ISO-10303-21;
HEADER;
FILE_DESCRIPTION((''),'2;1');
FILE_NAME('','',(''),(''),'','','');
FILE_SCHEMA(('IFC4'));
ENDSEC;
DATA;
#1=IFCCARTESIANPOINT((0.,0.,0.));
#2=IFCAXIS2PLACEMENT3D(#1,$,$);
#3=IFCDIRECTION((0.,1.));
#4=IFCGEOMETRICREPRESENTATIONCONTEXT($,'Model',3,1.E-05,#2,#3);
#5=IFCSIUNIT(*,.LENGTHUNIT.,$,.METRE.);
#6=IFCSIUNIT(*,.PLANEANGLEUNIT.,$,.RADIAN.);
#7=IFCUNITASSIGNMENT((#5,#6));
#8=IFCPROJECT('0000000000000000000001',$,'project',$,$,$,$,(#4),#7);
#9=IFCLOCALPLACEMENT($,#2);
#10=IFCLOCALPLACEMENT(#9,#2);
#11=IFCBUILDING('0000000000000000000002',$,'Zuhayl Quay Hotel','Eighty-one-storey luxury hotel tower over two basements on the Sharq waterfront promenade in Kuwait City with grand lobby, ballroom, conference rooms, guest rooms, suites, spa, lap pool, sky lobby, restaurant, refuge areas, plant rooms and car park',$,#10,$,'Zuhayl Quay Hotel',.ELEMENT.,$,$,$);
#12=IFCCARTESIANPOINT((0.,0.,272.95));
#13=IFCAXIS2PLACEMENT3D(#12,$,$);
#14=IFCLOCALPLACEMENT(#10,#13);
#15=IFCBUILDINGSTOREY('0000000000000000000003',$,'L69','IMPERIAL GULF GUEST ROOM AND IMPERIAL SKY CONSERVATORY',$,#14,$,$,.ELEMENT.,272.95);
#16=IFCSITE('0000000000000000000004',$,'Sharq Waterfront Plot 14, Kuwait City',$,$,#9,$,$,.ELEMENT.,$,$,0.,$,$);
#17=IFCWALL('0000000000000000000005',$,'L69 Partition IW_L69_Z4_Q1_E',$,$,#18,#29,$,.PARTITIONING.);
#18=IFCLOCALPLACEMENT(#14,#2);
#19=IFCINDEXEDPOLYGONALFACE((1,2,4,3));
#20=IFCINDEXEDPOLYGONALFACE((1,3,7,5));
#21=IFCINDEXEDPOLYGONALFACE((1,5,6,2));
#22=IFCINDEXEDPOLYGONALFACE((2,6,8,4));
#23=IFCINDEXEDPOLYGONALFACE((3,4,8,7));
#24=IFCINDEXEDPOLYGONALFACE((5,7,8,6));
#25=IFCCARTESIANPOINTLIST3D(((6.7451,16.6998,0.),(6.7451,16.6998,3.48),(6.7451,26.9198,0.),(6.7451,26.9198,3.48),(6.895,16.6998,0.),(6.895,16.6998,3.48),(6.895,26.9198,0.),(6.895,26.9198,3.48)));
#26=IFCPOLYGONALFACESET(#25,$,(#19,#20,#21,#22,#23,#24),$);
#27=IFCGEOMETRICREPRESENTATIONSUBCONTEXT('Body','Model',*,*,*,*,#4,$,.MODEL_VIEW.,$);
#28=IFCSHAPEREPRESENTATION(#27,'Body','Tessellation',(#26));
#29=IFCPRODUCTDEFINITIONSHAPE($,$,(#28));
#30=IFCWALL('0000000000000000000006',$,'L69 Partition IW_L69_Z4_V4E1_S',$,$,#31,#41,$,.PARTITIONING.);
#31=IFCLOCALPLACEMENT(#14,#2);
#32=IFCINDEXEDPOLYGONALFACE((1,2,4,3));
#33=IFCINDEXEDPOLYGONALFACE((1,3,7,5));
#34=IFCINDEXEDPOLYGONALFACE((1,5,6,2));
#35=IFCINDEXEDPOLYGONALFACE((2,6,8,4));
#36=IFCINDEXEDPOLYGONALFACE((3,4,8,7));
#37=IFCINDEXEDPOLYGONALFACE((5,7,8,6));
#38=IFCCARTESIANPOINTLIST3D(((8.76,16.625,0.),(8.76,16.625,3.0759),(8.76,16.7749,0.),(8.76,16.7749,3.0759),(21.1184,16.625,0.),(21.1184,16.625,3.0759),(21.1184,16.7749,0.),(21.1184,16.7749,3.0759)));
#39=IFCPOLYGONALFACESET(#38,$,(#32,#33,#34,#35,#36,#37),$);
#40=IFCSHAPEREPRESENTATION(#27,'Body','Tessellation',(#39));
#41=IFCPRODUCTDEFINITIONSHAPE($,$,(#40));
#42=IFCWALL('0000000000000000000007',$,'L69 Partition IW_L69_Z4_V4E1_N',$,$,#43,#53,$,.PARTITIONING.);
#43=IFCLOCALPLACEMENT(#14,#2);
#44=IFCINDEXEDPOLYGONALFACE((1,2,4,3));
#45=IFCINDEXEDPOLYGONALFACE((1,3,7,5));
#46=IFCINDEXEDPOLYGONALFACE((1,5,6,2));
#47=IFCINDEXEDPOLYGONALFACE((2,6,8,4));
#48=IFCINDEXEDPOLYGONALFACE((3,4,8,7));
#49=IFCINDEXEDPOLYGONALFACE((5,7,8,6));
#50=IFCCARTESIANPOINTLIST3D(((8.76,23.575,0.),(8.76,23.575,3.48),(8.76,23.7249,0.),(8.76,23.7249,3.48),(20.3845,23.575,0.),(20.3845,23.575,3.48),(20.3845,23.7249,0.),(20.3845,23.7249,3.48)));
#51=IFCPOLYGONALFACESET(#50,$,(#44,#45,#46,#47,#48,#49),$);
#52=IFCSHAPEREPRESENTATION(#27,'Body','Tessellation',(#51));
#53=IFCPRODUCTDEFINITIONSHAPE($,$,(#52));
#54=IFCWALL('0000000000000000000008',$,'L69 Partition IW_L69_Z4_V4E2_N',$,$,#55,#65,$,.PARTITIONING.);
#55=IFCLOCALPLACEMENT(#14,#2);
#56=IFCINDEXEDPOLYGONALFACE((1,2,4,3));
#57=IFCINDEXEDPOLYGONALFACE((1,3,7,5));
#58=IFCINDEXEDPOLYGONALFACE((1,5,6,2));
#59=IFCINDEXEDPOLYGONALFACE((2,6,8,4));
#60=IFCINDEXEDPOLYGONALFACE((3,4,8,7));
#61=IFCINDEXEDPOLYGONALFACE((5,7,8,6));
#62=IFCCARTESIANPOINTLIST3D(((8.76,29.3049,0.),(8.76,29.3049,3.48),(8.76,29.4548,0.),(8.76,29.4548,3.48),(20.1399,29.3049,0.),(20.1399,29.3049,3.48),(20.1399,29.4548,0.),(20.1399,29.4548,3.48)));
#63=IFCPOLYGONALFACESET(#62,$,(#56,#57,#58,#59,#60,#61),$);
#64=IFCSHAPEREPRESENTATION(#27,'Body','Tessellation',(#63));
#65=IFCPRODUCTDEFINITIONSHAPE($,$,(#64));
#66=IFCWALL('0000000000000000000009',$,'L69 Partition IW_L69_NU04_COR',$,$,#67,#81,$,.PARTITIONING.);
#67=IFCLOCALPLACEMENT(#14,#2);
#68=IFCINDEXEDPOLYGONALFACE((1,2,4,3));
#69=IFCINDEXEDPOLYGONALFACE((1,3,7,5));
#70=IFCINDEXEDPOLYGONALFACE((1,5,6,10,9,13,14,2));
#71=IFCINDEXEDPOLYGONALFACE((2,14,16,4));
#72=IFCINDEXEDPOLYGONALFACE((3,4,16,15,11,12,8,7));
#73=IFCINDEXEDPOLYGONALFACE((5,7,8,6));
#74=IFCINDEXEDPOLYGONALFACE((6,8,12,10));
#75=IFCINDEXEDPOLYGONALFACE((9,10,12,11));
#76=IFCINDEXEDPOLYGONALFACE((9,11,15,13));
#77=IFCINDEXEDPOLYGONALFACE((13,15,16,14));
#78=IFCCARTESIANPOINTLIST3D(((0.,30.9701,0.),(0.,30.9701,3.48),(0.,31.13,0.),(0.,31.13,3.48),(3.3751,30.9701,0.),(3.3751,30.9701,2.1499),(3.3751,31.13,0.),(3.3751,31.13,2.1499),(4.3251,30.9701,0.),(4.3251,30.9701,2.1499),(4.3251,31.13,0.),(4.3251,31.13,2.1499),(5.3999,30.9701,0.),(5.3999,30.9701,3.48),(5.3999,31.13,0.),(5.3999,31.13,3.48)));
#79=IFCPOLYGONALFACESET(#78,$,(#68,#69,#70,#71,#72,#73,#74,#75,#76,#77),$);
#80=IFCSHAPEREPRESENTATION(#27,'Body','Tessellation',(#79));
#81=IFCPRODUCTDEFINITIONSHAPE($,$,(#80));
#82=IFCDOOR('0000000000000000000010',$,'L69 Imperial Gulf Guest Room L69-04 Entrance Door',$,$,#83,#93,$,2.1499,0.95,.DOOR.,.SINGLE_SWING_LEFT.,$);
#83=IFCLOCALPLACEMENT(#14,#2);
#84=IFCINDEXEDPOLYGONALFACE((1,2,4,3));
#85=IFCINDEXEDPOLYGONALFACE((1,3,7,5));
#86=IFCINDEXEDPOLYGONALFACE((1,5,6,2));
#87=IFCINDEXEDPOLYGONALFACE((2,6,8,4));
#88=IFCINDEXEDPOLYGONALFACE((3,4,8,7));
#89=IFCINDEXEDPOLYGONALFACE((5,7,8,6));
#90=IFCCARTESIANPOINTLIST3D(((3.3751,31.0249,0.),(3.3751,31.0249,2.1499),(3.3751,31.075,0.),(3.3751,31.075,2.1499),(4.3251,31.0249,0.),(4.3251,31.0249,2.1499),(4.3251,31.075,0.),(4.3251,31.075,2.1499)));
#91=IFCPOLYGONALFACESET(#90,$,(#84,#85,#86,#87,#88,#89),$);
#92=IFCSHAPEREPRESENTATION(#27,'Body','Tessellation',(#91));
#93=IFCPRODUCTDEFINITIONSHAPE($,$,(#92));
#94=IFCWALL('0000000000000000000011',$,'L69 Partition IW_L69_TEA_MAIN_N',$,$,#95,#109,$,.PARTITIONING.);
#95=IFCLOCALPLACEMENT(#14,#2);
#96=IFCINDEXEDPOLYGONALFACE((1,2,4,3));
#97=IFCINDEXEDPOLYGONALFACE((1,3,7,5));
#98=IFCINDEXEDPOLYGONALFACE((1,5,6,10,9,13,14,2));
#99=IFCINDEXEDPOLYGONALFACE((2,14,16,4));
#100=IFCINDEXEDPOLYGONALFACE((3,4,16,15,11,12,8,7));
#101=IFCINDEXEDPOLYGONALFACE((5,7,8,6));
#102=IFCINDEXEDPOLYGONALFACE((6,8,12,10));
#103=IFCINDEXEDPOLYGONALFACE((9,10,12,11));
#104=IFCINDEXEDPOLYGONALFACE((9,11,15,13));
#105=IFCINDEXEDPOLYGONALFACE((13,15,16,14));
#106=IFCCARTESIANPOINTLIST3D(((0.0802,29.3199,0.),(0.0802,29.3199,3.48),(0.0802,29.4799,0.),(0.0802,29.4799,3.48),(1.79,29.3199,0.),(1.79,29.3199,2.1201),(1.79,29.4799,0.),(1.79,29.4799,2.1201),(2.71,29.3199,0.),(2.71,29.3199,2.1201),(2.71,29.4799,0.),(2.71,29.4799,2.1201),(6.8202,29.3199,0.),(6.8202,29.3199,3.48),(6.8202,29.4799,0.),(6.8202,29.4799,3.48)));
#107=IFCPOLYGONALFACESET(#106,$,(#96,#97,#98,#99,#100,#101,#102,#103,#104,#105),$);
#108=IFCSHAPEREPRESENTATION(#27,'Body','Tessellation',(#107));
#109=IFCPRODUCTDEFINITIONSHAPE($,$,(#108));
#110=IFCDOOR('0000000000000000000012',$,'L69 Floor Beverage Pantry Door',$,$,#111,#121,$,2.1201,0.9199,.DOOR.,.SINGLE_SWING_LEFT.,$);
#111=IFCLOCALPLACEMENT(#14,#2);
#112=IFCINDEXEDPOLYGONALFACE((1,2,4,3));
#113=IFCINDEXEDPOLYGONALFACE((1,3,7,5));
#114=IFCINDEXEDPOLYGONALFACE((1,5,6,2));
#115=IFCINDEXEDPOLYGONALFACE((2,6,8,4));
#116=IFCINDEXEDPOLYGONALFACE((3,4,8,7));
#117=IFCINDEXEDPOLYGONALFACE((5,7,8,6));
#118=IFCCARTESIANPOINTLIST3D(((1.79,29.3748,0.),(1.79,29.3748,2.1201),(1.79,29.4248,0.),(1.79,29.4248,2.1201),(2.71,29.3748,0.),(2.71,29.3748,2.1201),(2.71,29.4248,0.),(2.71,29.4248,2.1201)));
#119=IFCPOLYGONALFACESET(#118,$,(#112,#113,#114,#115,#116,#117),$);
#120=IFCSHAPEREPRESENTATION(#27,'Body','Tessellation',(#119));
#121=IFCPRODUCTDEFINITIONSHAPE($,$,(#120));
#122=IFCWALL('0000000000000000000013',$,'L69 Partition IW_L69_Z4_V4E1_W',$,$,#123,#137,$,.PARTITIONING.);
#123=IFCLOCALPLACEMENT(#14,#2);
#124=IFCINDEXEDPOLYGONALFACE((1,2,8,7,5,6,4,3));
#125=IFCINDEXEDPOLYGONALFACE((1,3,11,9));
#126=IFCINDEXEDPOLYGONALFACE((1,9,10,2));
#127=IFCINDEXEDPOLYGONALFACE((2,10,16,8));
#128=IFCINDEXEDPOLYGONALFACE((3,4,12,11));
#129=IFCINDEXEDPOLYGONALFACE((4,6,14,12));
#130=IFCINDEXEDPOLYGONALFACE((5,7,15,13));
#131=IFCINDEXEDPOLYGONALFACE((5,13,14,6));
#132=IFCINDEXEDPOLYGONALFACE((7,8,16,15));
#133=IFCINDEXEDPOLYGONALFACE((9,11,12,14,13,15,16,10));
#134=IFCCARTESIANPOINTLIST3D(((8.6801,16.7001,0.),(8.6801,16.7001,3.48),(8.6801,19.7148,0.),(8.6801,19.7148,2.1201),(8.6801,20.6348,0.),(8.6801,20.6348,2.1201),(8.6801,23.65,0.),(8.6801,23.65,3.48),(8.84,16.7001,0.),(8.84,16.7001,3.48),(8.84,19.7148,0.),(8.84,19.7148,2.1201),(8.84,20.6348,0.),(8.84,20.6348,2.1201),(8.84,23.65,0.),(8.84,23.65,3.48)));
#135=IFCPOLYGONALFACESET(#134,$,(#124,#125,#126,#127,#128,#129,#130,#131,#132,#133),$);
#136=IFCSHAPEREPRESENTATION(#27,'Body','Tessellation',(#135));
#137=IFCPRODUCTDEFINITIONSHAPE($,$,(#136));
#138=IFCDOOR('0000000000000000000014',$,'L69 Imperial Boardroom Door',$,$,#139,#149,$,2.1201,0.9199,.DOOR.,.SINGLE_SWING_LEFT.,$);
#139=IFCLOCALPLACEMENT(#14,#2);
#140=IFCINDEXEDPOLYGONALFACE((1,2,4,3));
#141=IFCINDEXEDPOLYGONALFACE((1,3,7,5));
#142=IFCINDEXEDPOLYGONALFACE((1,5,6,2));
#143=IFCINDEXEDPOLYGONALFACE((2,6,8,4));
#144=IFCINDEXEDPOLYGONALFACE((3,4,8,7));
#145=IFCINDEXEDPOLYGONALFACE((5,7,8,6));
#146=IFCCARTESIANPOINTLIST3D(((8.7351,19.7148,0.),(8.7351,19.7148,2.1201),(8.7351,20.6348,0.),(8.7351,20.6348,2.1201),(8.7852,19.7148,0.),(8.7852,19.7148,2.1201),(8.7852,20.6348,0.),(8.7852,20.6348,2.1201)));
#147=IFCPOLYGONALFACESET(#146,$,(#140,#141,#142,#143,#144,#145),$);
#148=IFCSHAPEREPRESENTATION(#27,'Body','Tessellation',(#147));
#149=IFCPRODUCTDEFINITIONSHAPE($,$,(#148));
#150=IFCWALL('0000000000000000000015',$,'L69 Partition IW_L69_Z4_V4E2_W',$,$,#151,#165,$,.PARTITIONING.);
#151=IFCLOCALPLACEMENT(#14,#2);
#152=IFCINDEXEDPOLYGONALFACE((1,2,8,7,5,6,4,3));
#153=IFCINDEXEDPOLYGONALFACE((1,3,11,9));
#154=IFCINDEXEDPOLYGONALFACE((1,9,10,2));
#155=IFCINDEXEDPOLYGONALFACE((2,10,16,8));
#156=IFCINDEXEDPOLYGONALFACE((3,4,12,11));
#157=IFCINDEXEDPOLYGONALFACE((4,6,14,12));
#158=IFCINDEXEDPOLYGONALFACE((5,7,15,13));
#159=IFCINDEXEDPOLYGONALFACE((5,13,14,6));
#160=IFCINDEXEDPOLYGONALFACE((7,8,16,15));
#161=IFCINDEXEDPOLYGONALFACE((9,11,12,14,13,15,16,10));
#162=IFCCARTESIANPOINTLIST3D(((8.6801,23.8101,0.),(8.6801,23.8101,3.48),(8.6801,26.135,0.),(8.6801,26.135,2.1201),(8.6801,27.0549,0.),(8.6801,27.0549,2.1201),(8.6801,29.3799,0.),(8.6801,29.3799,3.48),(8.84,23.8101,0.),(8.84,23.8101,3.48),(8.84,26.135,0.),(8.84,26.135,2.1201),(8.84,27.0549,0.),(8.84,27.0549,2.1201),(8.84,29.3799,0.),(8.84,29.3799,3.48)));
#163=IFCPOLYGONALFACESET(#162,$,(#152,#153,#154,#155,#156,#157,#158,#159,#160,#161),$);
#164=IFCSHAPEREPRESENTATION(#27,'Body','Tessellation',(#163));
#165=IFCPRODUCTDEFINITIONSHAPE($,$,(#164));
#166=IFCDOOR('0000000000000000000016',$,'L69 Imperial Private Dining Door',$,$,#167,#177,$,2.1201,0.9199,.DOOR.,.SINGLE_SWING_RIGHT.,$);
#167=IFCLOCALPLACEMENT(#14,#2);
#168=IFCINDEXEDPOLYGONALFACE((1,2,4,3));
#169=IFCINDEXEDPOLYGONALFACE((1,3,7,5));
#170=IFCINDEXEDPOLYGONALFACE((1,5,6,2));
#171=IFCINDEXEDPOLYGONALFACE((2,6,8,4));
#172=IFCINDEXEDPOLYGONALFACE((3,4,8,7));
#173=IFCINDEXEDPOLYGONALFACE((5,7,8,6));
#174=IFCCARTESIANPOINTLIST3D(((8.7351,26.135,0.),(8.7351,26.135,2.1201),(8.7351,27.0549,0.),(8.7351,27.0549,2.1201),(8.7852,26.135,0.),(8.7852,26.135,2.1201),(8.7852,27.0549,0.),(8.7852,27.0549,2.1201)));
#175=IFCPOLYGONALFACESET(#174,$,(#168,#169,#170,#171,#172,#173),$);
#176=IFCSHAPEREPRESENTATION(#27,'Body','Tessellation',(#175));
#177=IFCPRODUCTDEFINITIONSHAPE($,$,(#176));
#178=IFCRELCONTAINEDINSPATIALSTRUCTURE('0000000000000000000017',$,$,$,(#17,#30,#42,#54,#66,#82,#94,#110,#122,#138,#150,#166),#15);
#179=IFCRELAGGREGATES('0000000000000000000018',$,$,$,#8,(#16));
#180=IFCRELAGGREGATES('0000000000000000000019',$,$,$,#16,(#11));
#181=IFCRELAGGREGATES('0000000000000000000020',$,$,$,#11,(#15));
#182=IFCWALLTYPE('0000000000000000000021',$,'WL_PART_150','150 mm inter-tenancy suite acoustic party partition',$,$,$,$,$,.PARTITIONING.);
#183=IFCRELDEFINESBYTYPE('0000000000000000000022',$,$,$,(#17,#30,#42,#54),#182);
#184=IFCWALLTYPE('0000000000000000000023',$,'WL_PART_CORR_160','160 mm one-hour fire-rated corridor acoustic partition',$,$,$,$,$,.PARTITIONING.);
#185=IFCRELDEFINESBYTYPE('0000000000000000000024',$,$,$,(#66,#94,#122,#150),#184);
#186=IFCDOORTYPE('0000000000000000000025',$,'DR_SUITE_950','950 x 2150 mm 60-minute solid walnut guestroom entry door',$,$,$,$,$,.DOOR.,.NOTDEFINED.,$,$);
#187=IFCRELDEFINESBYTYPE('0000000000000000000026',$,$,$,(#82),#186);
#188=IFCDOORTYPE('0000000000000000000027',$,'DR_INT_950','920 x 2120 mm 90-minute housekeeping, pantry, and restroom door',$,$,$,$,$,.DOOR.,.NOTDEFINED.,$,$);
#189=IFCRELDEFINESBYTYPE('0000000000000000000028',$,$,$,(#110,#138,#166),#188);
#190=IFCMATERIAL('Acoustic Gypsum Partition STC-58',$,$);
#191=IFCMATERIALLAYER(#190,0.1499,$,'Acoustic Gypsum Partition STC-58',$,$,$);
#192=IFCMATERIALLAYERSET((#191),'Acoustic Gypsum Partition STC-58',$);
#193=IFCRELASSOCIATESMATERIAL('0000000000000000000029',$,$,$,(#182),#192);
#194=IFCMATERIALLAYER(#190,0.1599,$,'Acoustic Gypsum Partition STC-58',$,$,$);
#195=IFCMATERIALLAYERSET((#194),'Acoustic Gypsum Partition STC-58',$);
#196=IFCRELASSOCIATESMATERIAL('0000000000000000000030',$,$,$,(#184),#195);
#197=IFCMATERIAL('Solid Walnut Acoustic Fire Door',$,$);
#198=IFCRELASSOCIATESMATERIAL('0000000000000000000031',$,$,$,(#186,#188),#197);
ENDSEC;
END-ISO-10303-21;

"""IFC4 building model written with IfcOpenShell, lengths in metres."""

from ifc_helpers import new_model, si_unit, direction, frame, frame_2d, origin, place, context, subcontext, project, spatial, rectangle, extrude, material, layer, layer_set, type_object, element, fill, save


model = new_model("IFC4")

# Units and contexts
model_context = context("Model", 3, precision=1e-05, world=origin(), true_north=direction((0.0, 1.0)))
body_context = subcontext(model_context, "Body", "Model", "MODEL_VIEW")
ifc_project = project(units=[si_unit("LENGTHUNIT", "METRE"), si_unit("PLANEANGLEUNIT", "RADIAN")], contexts=[model_context])

# Site, building, storey
site_placement = place(None, origin())
site = spatial("IfcSite", under=ifc_project, at=site_placement, Name="Sharq Waterfront Plot 14, Kuwait City", CompositionType="ELEMENT", RefElevation=0.0)
building_placement = place(site_placement, origin())
building = spatial("IfcBuilding", under=site, at=building_placement, Name="Zuhayl Quay Hotel", Description="Eighty-one-storey luxury hotel tower over two basements on the Sharq waterfront promenade in Kuwait City with grand lobby, ballroom, conference rooms, guest rooms, suites, spa, lap pool, sky lobby, restaurant, refuge areas, plant rooms and car park", LongName="Zuhayl Quay Hotel", CompositionType="ELEMENT")
storey_placement = place(building_placement, frame((0.0, 0.0, 272.95)))
storey = spatial("IfcBuildingStorey", under=building, at=storey_placement, Name="L69", Description="IMPERIAL GULF GUEST ROOM AND IMPERIAL SKY CONSERVATORY", CompositionType="ELEMENT", Elevation=272.95)

# Walls
ifc_material_1 = material(Name="Acoustic Gypsum Partition STC-58")
ifc_layer_1 = layer(ifc_material_1, 0.1499, Name="Acoustic Gypsum Partition STC-58")
ifc_layer_set_1 = layer_set([ifc_layer_1], Name="Acoustic Gypsum Partition STC-58")
wall_type_1 = type_object("IfcWallType", Name="WL_PART_150", Description="150 mm inter-tenancy suite acoustic party partition", PredefinedType="PARTITIONING", material=ifc_layer_set_1)
wall_1_placement = place(storey_placement, frame((6.8201, 16.7, 0.0), z_axis=(0.0, 0.0, 1.0), x_axis=(0.0, 1.0, 0.0)))
element("IfcWall", 1, at=wall_1_placement, inside=storey, type_object=wall_type_1, Name="L69 Partition IW_L69_Z4_Q1_E", PredefinedType="PARTITIONING", context=body_context, shape_type="SweptSolid", body=[
    extrude(rectangle(XDim=10.22, YDim=0.1499, at=frame_2d((5.1099, 0.0))), origin(), (0.0, 0.0, 1.0), 3.48),
])
wall_2_placement = place(storey_placement, frame((8.76, 16.7, 0.0), z_axis=(0.0, 0.0, 1.0), x_axis=(1.0, 0.0, 0.0)))
element("IfcWall", 2, at=wall_2_placement, inside=storey, type_object=wall_type_1, Name="L69 Partition IW_L69_Z4_V4E1_S", PredefinedType="PARTITIONING", context=body_context, shape_type="SweptSolid", body=[
    extrude(rectangle(XDim=12.3584, YDim=0.1499, at=frame_2d((6.1792, 0.0))), origin(), (0.0, 0.0, 1.0), 3.0759),
])
wall_3_placement = place(storey_placement, frame((8.76, 23.6499, 0.0), z_axis=(0.0, 0.0, 1.0), x_axis=(1.0, 0.0, 0.0)))
element("IfcWall", 3, at=wall_3_placement, inside=storey, type_object=wall_type_1, Name="L69 Partition IW_L69_Z4_V4E1_N", PredefinedType="PARTITIONING", context=body_context, shape_type="SweptSolid", body=[
    extrude(rectangle(XDim=11.6245, YDim=0.1499, at=frame_2d((5.8123, 0.0))), origin(), (0.0, 0.0, 1.0), 3.48),
])
wall_4_placement = place(storey_placement, frame((8.76, 29.3799, 0.0), z_axis=(0.0, 0.0, 1.0), x_axis=(1.0, 0.0, 0.0)))
element("IfcWall", 4, at=wall_4_placement, inside=storey, type_object=wall_type_1, Name="L69 Partition IW_L69_Z4_V4E2_N", PredefinedType="PARTITIONING", context=body_context, shape_type="SweptSolid", body=[
    extrude(rectangle(XDim=11.3799, YDim=0.1499, at=frame_2d((5.6899, 0.0))), origin(), (0.0, 0.0, 1.0), 3.48),
])

# Walls, openings, doors
ifc_layer_2 = layer(ifc_material_1, 0.1599, Name="Acoustic Gypsum Partition STC-58")
ifc_layer_set_2 = layer_set([ifc_layer_2], Name="Acoustic Gypsum Partition STC-58")
wall_type_2 = type_object("IfcWallType", Name="WL_PART_CORR_160", Description="160 mm one-hour fire-rated corridor acoustic partition", PredefinedType="PARTITIONING", material=ifc_layer_set_2)
wall_5_placement = place(storey_placement, frame((0.0, 31.05, 0.0), z_axis=(0.0, 0.0, 1.0), x_axis=(1.0, 0.0, 0.0)))
wall_5 = element("IfcWall", 5, at=wall_5_placement, inside=storey, type_object=wall_type_2, Name="L69 Partition IW_L69_NU04_COR", PredefinedType="PARTITIONING", context=body_context, shape_type="SweptSolid", body=[
    extrude(rectangle(XDim=5.3999, YDim=0.1599, at=frame_2d((2.7, 0.0))), origin(), (0.0, 0.0, 1.0), 3.48),
])
opening_1_placement = place(wall_5_placement, frame((3.375, 0.0, 0.0)))
opening_1 = element("IfcOpeningElement", 6, at=opening_1_placement, cuts=wall_5, PredefinedType="OPENING", context=body_context, shape_type="SweptSolid", body=[
    extrude(rectangle(XDim=0.95, YDim=2.1499, at=frame_2d((0.4751, 1.075))), frame((0.0, 0.0898, 0.0), z_axis=(0.0, -1.0, 0.0), x_axis=(1.0, 0.0, 0.0)), (0.0, 0.0, 1.0), 0.1799),
])
ifc_material_2 = material(Name="Solid Walnut Acoustic Fire Door")
door_type_1 = type_object("IfcDoorType", Name="DR_SUITE_950", Description="950 x 2150 mm 60-minute solid walnut guestroom entry door", OperationType="NOTDEFINED", PredefinedType="DOOR", material=ifc_material_2)
door_1_placement = place(opening_1_placement, origin())
door_1 = element("IfcDoor", 7, at=door_1_placement, inside=storey, type_object=door_type_1, Name="L69 Imperial Gulf Guest Room L69-04 Entrance Door", OperationType="SINGLE_SWING_LEFT", OverallHeight=2.1499, OverallWidth=0.95, PredefinedType="DOOR", context=body_context, shape_type="SweptSolid", body=[
    extrude(rectangle(XDim=0.95, YDim=2.1499, at=frame_2d((0.4751, 1.075))), frame((0.0, 0.0249, 0.0), z_axis=(0.0, -1.0, 0.0), x_axis=(1.0, 0.0, 0.0)), (0.0, 0.0, 1.0), 0.05),
])
fill(opening_1, door_1)
wall_6_placement = place(storey_placement, frame((0.0801, 29.3999, 0.0), z_axis=(0.0, 0.0, 1.0), x_axis=(1.0, 0.0, 0.0)))
wall_6 = element("IfcWall", 8, at=wall_6_placement, inside=storey, type_object=wall_type_2, Name="L69 Partition IW_L69_TEA_MAIN_N", PredefinedType="PARTITIONING", context=body_context, shape_type="SweptSolid", body=[
    extrude(rectangle(XDim=6.74, YDim=0.1599, at=frame_2d((3.3701, 0.0))), origin(), (0.0, 0.0, 1.0), 3.48),
])
opening_2_placement = place(wall_6_placement, frame((1.71, 0.0, 0.0)))
opening_2 = element("IfcOpeningElement", 9, at=opening_2_placement, cuts=wall_6, PredefinedType="OPENING", context=body_context, shape_type="SweptSolid", body=[
    extrude(rectangle(XDim=0.9199, YDim=2.1201, at=frame_2d((0.46, 1.0601))), frame((0.0, 0.0898, 0.0), z_axis=(0.0, -1.0, 0.0), x_axis=(1.0, 0.0, 0.0)), (0.0, 0.0, 1.0), 0.1799),
])
door_type_2 = type_object("IfcDoorType", Name="DR_INT_950", Description="920 x 2120 mm 90-minute housekeeping, pantry, and restroom door", OperationType="NOTDEFINED", PredefinedType="DOOR", material=ifc_material_2)
door_2_placement = place(opening_2_placement, origin())
door_2 = element("IfcDoor", 10, at=door_2_placement, inside=storey, type_object=door_type_2, Name="L69 Floor Beverage Pantry Door", OperationType="SINGLE_SWING_LEFT", OverallHeight=2.1201, OverallWidth=0.9199, PredefinedType="DOOR", context=body_context, shape_type="SweptSolid", body=[
    extrude(rectangle(XDim=0.9199, YDim=2.1201, at=frame_2d((0.46, 1.0601))), frame((0.0, 0.0249, 0.0), z_axis=(0.0, -1.0, 0.0), x_axis=(1.0, 0.0, 0.0)), (0.0, 0.0, 1.0), 0.05),
])
fill(opening_2, door_2)
wall_7_placement = place(storey_placement, frame((8.76, 16.7, 0.0), z_axis=(0.0, 0.0, 1.0), x_axis=(0.0, 1.0, 0.0)))
wall_7 = element("IfcWall", 11, at=wall_7_placement, inside=storey, type_object=wall_type_2, Name="L69 Partition IW_L69_Z4_V4E1_W", PredefinedType="PARTITIONING", context=body_context, shape_type="SweptSolid", body=[
    extrude(rectangle(XDim=6.95, YDim=0.1599, at=frame_2d((3.4751, 0.0))), origin(), (0.0, 0.0, 1.0), 3.48),
])
opening_3_placement = place(wall_7_placement, frame((3.0149, 0.0, 0.0)))
opening_3 = element("IfcOpeningElement", 12, at=opening_3_placement, cuts=wall_7, PredefinedType="OPENING", context=body_context, shape_type="SweptSolid", body=[
    extrude(rectangle(XDim=0.9199, YDim=2.1201, at=frame_2d((0.46, 1.0601))), frame((0.0, 0.0898, 0.0), z_axis=(0.0, -1.0, 0.0), x_axis=(1.0, 0.0, 0.0)), (0.0, 0.0, 1.0), 0.1799),
])
door_3_placement = place(opening_3_placement, origin())
door_3 = element("IfcDoor", 13, at=door_3_placement, inside=storey, type_object=door_type_2, Name="L69 Imperial Boardroom Door", OperationType="SINGLE_SWING_LEFT", OverallHeight=2.1201, OverallWidth=0.9199, PredefinedType="DOOR", context=body_context, shape_type="SweptSolid", body=[
    extrude(rectangle(XDim=0.9199, YDim=2.1201, at=frame_2d((0.46, 1.0601))), frame((0.0, 0.0249, 0.0), z_axis=(0.0, -1.0, 0.0), x_axis=(1.0, 0.0, 0.0)), (0.0, 0.0, 1.0), 0.05),
])
fill(opening_3, door_3)
wall_8_placement = place(storey_placement, frame((8.76, 23.8101, 0.0), z_axis=(0.0, 0.0, 1.0), x_axis=(0.0, 1.0, 0.0)))
wall_8 = element("IfcWall", 14, at=wall_8_placement, inside=storey, type_object=wall_type_2, Name="L69 Partition IW_L69_Z4_V4E2_W", PredefinedType="PARTITIONING", context=body_context, shape_type="SweptSolid", body=[
    extrude(rectangle(XDim=5.5698, YDim=0.1599, at=frame_2d((2.7849, 0.0))), origin(), (0.0, 0.0, 1.0), 3.48),
])
opening_4_placement = place(wall_8_placement, frame((2.325, 0.0, 0.0)))
opening_4 = element("IfcOpeningElement", 15, at=opening_4_placement, cuts=wall_8, PredefinedType="OPENING", context=body_context, shape_type="SweptSolid", body=[
    extrude(rectangle(XDim=0.9199, YDim=2.1201, at=frame_2d((0.46, 1.0601))), frame((0.0, 0.0898, 0.0), z_axis=(0.0, -1.0, 0.0), x_axis=(1.0, 0.0, 0.0)), (0.0, 0.0, 1.0), 0.1799),
])
door_4_placement = place(opening_4_placement, origin())
door_4 = element("IfcDoor", 16, at=door_4_placement, inside=storey, type_object=door_type_2, Name="L69 Imperial Private Dining Door", OperationType="SINGLE_SWING_RIGHT", OverallHeight=2.1201, OverallWidth=0.9199, PredefinedType="DOOR", context=body_context, shape_type="SweptSolid", body=[
    extrude(rectangle(XDim=0.9199, YDim=2.1201, at=frame_2d((0.46, 1.0601))), frame((0.0, 0.0249, 0.0), z_axis=(0.0, -1.0, 0.0), x_axis=(1.0, 0.0, 0.0)), (0.0, 0.0, 1.0), 0.05),
])
fill(opening_4, door_4)

save(model, "model.ifc")
